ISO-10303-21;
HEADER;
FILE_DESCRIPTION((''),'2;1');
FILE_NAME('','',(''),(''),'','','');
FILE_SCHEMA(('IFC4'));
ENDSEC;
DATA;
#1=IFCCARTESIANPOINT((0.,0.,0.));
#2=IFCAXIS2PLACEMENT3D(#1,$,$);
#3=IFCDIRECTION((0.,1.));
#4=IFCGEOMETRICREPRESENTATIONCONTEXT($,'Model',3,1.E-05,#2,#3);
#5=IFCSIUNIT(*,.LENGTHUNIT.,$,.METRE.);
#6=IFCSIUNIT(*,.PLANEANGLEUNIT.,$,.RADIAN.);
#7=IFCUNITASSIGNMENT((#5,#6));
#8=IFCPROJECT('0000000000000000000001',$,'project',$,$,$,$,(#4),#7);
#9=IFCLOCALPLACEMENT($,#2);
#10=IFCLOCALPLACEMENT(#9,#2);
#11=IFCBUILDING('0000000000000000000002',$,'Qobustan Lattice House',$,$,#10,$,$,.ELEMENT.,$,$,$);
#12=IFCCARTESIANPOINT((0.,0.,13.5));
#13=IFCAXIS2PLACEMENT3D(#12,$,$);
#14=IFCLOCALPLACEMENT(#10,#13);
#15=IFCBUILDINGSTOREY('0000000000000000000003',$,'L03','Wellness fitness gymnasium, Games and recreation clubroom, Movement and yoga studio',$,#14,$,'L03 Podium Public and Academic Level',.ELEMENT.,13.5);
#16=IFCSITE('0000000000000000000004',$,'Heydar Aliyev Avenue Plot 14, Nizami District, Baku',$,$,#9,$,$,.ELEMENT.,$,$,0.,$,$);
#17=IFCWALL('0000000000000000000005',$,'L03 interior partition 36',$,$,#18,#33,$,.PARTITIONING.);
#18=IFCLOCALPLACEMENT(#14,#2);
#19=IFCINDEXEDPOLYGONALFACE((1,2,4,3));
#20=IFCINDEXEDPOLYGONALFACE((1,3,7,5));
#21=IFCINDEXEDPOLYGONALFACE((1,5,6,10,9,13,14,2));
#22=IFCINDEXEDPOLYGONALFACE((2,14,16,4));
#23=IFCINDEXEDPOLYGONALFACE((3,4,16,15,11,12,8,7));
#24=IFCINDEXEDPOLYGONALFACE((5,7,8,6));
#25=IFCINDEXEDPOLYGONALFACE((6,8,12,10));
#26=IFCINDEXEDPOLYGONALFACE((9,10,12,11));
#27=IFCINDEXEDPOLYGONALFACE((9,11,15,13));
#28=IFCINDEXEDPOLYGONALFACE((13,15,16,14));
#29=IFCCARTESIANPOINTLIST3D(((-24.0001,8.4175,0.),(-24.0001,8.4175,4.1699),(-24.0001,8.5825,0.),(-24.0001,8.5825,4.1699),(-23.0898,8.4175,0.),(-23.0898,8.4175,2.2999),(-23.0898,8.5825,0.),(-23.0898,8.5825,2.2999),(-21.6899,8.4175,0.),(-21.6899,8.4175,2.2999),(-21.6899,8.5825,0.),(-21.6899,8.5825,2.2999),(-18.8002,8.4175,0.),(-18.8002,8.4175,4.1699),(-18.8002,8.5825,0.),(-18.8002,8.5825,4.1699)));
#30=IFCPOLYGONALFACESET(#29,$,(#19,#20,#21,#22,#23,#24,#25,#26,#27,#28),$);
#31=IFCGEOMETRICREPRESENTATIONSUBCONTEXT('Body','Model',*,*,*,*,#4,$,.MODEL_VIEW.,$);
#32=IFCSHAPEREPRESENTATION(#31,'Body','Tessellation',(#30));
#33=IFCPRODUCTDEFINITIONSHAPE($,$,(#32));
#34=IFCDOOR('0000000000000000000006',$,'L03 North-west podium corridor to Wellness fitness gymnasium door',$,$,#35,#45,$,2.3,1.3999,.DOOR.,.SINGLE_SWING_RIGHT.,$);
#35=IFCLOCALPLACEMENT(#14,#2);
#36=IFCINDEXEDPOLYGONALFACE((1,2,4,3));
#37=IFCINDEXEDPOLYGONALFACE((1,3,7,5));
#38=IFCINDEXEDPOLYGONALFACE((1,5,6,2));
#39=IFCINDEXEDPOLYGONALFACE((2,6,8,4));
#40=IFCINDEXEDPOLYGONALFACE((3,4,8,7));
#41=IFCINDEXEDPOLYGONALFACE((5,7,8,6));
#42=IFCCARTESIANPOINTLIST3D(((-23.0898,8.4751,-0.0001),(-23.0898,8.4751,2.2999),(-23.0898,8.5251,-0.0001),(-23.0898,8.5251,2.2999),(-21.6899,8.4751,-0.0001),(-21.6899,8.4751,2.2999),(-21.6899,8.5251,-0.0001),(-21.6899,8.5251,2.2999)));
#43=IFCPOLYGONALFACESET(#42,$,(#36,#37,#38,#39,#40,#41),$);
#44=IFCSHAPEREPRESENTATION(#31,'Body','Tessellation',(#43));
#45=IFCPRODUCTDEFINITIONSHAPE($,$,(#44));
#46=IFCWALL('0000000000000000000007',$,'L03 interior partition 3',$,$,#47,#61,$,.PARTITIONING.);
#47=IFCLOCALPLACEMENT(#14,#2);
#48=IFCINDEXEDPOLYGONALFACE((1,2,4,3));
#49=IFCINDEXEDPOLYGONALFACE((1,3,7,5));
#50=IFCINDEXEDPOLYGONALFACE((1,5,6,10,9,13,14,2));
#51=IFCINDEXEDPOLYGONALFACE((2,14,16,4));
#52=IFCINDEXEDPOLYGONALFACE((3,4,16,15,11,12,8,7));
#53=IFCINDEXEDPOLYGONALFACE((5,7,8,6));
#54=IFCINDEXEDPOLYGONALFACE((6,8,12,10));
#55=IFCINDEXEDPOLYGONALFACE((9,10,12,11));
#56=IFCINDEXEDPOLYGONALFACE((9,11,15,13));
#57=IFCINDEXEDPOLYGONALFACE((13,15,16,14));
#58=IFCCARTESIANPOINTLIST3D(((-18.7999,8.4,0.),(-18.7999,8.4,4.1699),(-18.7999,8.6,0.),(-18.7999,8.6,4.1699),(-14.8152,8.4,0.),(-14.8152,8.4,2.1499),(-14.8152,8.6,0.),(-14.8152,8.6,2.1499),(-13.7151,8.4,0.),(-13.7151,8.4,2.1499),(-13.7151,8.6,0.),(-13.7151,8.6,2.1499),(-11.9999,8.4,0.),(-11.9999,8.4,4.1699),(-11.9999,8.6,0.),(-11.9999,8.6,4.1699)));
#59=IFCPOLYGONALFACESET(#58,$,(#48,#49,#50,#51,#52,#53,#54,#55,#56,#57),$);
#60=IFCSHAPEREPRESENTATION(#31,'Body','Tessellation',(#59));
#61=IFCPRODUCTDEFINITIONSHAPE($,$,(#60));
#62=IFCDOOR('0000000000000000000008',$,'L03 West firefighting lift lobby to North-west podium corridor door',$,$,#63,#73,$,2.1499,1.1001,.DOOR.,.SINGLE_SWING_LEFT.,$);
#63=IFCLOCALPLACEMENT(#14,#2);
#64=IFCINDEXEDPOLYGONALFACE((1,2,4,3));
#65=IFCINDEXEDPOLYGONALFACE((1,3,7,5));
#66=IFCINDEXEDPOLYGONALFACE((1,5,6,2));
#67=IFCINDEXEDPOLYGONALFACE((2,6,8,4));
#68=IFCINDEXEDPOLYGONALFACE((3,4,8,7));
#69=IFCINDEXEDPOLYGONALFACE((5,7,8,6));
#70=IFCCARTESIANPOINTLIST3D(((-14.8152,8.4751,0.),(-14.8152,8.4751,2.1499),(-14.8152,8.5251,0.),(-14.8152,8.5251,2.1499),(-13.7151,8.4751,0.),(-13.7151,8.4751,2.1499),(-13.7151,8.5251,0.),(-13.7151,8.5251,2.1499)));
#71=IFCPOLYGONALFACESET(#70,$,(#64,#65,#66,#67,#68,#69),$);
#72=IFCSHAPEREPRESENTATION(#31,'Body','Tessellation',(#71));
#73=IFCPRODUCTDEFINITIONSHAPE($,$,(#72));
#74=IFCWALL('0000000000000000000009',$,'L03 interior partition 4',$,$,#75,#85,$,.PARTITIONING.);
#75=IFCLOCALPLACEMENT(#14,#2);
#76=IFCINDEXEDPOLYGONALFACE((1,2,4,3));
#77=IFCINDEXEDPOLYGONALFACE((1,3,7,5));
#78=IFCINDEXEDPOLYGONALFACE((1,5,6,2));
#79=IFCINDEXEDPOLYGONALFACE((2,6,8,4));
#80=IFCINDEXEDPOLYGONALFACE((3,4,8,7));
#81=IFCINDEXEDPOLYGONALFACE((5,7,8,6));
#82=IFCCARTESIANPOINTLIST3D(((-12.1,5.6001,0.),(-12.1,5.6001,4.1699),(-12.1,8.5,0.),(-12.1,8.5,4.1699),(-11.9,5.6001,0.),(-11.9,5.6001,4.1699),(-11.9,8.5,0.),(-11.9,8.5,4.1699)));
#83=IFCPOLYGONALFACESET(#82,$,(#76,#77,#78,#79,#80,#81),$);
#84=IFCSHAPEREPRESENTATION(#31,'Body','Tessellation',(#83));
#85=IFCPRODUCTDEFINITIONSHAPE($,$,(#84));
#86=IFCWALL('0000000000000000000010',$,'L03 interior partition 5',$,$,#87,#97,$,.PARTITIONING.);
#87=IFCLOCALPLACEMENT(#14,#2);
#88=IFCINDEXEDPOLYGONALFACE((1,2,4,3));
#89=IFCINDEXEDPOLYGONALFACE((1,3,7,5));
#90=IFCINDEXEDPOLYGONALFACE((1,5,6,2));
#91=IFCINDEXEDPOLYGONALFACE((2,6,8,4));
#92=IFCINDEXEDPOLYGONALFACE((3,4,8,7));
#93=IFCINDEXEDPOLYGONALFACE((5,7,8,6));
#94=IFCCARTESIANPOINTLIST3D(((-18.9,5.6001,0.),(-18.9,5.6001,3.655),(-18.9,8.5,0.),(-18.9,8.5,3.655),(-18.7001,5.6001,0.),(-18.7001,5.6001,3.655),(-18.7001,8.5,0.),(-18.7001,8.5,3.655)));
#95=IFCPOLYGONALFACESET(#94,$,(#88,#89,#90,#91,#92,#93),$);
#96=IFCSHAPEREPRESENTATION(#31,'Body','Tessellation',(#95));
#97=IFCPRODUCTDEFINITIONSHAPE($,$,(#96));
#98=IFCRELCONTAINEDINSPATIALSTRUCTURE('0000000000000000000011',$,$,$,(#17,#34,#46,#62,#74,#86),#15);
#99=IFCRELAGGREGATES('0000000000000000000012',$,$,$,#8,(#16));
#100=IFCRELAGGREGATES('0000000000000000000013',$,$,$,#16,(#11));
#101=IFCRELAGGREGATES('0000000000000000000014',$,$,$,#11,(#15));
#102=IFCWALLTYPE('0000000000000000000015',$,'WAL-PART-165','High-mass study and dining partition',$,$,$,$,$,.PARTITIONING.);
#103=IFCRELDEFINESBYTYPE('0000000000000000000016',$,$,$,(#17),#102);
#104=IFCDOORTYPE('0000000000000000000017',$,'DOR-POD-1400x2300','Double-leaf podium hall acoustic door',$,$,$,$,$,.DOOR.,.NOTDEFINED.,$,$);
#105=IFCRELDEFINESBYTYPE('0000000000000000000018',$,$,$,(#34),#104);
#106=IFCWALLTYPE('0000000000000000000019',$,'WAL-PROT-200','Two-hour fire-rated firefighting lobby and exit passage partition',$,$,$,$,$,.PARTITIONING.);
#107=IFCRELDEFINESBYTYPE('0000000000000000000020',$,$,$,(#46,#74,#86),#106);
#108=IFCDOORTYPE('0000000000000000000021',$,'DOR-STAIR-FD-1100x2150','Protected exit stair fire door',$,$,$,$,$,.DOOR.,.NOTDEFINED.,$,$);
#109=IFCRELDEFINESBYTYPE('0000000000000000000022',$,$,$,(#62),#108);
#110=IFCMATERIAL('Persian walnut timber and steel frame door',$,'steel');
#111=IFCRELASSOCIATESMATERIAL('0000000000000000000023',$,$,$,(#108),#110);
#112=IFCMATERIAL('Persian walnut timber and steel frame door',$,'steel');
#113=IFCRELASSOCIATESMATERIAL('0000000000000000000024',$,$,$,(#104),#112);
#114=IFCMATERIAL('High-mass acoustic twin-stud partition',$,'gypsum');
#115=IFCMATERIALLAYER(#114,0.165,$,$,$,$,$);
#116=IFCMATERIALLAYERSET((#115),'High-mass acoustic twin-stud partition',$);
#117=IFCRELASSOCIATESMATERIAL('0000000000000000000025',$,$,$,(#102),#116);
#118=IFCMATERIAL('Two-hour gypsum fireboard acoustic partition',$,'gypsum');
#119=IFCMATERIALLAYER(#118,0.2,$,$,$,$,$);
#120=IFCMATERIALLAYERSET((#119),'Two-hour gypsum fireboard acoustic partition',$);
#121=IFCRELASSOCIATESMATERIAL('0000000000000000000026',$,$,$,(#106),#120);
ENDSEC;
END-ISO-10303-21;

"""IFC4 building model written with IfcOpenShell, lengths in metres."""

from ifc_helpers import new_model, si_unit, direction, frame, frame_2d, origin, place, context, subcontext, project, spatial, rectangle, extrude, material, layer, layer_set, type_object, element, fill, save


model = new_model("IFC4")

# Units and contexts
model_context = context("Model", 3, precision=1e-05, world=origin(), true_north=direction((0.0, 1.0)))
body_context = subcontext(model_context, "Body", "Model", "MODEL_VIEW")
ifc_project = project(units=[si_unit("LENGTHUNIT", "METRE"), si_unit("PLANEANGLEUNIT", "RADIAN")], contexts=[model_context])

# Site, building, storey
site_placement = place(None, origin())
site = spatial("IfcSite", under=ifc_project, at=site_placement, Name="Heydar Aliyev Avenue Plot 14, Nizami District, Baku", CompositionType="ELEMENT", RefElevation=0.0)
building_placement = place(site_placement, origin())
building = spatial("IfcBuilding", under=site, at=building_placement, Name="Qobustan Lattice House", CompositionType="ELEMENT")
storey_placement = place(building_placement, frame((0.0, 0.0, 13.5)))
storey = spatial("IfcBuildingStorey", under=building, at=storey_placement, Name="L03", Description="Wellness fitness gymnasium, Games and recreation clubroom, Movement and yoga studio", LongName="L03 Podium Public and Academic Level", CompositionType="ELEMENT", Elevation=13.5)

# Shared definitions
ifc_material_1 = material(Name="Persian walnut timber and steel frame door", Category="steel")
door_type_1 = type_object("IfcDoorType", Name="DOR-STAIR-FD-1100x2150", Description="Protected exit stair fire door", OperationType="NOTDEFINED", PredefinedType="DOOR", material=ifc_material_1)

# Walls, openings, doors
ifc_material_2 = material(Name="Persian walnut timber and steel frame door", Category="steel")
door_type_2 = type_object("IfcDoorType", Name="DOR-POD-1400x2300", Description="Double-leaf podium hall acoustic door", OperationType="NOTDEFINED", PredefinedType="DOOR", material=ifc_material_2)
ifc_material_3 = material(Name="High-mass acoustic twin-stud partition", Category="gypsum")
ifc_layer_1 = layer(ifc_material_3, 0.165)
ifc_layer_set_1 = layer_set([ifc_layer_1], Name="High-mass acoustic twin-stud partition")
wall_type_1 = type_object("IfcWallType", Name="WAL-PART-165", Description="High-mass study and dining partition", PredefinedType="PARTITIONING", material=ifc_layer_set_1)
wall_1_placement = place(storey_placement, frame((-18.8, 8.5, 0.0), z_axis=(0.0, 0.0, 1.0), x_axis=(-1.0, 0.0, 0.0)))
wall_1 = element("IfcWall", 1, at=wall_1_placement, inside=storey, type_object=wall_type_1, Name="L03 interior partition 36", PredefinedType="PARTITIONING", context=body_context, shape_type="SweptSolid", body=[
    extrude(rectangle(XDim=5.2, YDim=0.165, at=frame_2d((2.6001, 0.0))), origin(), (0.0, 0.0, 1.0), 4.1699),
])
opening_1_placement = place(wall_1_placement, frame((2.8899, 0.0, 0.0)))
opening_1 = element("IfcOpeningElement", 2, at=opening_1_placement, cuts=wall_1, PredefinedType="OPENING", context=body_context, shape_type="SweptSolid", body=[
    extrude(rectangle(XDim=1.3999, YDim=2.3, at=frame_2d((0.7, 1.1499))), frame((0.0, 0.0925, 0.0), z_axis=(0.0, -1.0, 0.0), x_axis=(1.0, 0.0, 0.0)), (0.0, 0.0, 1.0), 0.1851),
])
door_1_placement = place(opening_1_placement, origin())
door_1 = element("IfcDoor", 3, at=door_1_placement, inside=storey, type_object=door_type_2, Name="L03 North-west podium corridor to Wellness fitness gymnasium door", OperationType="SINGLE_SWING_RIGHT", OverallHeight=2.3, OverallWidth=1.3999, PredefinedType="DOOR", context=body_context, shape_type="SweptSolid", body=[
    extrude(rectangle(XDim=1.3999, YDim=2.3, at=frame_2d((0.7, 1.1499))), frame((0.0, 0.0249, 0.0), z_axis=(0.0, -1.0, 0.0), x_axis=(1.0, 0.0, 0.0)), (0.0, 0.0, 1.0), 0.05),
])
fill(opening_1, door_1)
ifc_material_4 = material(Name="Two-hour gypsum fireboard acoustic partition", Category="gypsum")
ifc_layer_2 = layer(ifc_material_4, 0.2)
ifc_layer_set_2 = layer_set([ifc_layer_2], Name="Two-hour gypsum fireboard acoustic partition")
wall_type_2 = type_object("IfcWallType", Name="WAL-PROT-200", Description="Two-hour fire-rated firefighting lobby and exit passage partition", PredefinedType="PARTITIONING", material=ifc_layer_set_2)
wall_2_placement = place(storey_placement, frame((-12.0, 8.5, 0.0), z_axis=(0.0, 0.0, 1.0), x_axis=(-1.0, 0.0, 0.0)))
wall_2 = element("IfcWall", 4, at=wall_2_placement, inside=storey, type_object=wall_type_2, Name="L03 interior partition 3", PredefinedType="PARTITIONING", context=body_context, shape_type="SweptSolid", body=[
    extrude(rectangle(XDim=6.8, YDim=0.2, at=frame_2d((3.3999, 0.0))), origin(), (0.0, 0.0, 1.0), 4.1699),
])
opening_2_placement = place(wall_2_placement, frame((1.7151, 0.0, 0.0)))
opening_2 = element("IfcOpeningElement", 5, at=opening_2_placement, cuts=wall_2, PredefinedType="OPENING", context=body_context, shape_type="SweptSolid", body=[
    extrude(rectangle(XDim=1.1001, YDim=2.1499, at=frame_2d((0.55, 1.075))), frame((0.0, 0.1099, 0.0), z_axis=(0.0, -1.0, 0.0), x_axis=(1.0, 0.0, 0.0)), (0.0, 0.0, 1.0), 0.22),
])
door_2_placement = place(opening_2_placement, origin())
door_2 = element("IfcDoor", 6, at=door_2_placement, inside=storey, type_object=door_type_1, Name="L03 West firefighting lift lobby to North-west podium corridor door", OperationType="SINGLE_SWING_LEFT", OverallHeight=2.1499, OverallWidth=1.1001, PredefinedType="DOOR", context=body_context, shape_type="SweptSolid", body=[
    extrude(rectangle(XDim=1.1001, YDim=2.1499, at=frame_2d((0.55, 1.075))), frame((0.0, 0.0249, 0.0), z_axis=(0.0, -1.0, 0.0), x_axis=(1.0, 0.0, 0.0)), (0.0, 0.0, 1.0), 0.05),
])
fill(opening_2, door_2)

# Walls
wall_3_placement = place(storey_placement, frame((-12.0, 5.6001, 0.0), z_axis=(0.0, 0.0, 1.0), x_axis=(0.0, 1.0, 0.0)))
element("IfcWall", 7, at=wall_3_placement, inside=storey, type_object=wall_type_2, Name="L03 interior partition 4", PredefinedType="PARTITIONING", context=body_context, shape_type="SweptSolid", body=[
    extrude(rectangle(XDim=2.8999, YDim=0.2, at=frame_2d((1.45, 0.0))), origin(), (0.0, 0.0, 1.0), 4.1699),
])
wall_4_placement = place(storey_placement, frame((-18.8, 8.5, 0.0), z_axis=(0.0, 0.0, 1.0), x_axis=(0.0, -1.0, 0.0)))
element("IfcWall", 8, at=wall_4_placement, inside=storey, type_object=wall_type_2, Name="L03 interior partition 5", PredefinedType="PARTITIONING", context=body_context, shape_type="SweptSolid", body=[
    extrude(rectangle(XDim=2.8999, YDim=0.2, at=frame_2d((1.45, 0.0))), origin(), (0.0, 0.0, 1.0), 3.655),
])

save(model, "model.ifc")
